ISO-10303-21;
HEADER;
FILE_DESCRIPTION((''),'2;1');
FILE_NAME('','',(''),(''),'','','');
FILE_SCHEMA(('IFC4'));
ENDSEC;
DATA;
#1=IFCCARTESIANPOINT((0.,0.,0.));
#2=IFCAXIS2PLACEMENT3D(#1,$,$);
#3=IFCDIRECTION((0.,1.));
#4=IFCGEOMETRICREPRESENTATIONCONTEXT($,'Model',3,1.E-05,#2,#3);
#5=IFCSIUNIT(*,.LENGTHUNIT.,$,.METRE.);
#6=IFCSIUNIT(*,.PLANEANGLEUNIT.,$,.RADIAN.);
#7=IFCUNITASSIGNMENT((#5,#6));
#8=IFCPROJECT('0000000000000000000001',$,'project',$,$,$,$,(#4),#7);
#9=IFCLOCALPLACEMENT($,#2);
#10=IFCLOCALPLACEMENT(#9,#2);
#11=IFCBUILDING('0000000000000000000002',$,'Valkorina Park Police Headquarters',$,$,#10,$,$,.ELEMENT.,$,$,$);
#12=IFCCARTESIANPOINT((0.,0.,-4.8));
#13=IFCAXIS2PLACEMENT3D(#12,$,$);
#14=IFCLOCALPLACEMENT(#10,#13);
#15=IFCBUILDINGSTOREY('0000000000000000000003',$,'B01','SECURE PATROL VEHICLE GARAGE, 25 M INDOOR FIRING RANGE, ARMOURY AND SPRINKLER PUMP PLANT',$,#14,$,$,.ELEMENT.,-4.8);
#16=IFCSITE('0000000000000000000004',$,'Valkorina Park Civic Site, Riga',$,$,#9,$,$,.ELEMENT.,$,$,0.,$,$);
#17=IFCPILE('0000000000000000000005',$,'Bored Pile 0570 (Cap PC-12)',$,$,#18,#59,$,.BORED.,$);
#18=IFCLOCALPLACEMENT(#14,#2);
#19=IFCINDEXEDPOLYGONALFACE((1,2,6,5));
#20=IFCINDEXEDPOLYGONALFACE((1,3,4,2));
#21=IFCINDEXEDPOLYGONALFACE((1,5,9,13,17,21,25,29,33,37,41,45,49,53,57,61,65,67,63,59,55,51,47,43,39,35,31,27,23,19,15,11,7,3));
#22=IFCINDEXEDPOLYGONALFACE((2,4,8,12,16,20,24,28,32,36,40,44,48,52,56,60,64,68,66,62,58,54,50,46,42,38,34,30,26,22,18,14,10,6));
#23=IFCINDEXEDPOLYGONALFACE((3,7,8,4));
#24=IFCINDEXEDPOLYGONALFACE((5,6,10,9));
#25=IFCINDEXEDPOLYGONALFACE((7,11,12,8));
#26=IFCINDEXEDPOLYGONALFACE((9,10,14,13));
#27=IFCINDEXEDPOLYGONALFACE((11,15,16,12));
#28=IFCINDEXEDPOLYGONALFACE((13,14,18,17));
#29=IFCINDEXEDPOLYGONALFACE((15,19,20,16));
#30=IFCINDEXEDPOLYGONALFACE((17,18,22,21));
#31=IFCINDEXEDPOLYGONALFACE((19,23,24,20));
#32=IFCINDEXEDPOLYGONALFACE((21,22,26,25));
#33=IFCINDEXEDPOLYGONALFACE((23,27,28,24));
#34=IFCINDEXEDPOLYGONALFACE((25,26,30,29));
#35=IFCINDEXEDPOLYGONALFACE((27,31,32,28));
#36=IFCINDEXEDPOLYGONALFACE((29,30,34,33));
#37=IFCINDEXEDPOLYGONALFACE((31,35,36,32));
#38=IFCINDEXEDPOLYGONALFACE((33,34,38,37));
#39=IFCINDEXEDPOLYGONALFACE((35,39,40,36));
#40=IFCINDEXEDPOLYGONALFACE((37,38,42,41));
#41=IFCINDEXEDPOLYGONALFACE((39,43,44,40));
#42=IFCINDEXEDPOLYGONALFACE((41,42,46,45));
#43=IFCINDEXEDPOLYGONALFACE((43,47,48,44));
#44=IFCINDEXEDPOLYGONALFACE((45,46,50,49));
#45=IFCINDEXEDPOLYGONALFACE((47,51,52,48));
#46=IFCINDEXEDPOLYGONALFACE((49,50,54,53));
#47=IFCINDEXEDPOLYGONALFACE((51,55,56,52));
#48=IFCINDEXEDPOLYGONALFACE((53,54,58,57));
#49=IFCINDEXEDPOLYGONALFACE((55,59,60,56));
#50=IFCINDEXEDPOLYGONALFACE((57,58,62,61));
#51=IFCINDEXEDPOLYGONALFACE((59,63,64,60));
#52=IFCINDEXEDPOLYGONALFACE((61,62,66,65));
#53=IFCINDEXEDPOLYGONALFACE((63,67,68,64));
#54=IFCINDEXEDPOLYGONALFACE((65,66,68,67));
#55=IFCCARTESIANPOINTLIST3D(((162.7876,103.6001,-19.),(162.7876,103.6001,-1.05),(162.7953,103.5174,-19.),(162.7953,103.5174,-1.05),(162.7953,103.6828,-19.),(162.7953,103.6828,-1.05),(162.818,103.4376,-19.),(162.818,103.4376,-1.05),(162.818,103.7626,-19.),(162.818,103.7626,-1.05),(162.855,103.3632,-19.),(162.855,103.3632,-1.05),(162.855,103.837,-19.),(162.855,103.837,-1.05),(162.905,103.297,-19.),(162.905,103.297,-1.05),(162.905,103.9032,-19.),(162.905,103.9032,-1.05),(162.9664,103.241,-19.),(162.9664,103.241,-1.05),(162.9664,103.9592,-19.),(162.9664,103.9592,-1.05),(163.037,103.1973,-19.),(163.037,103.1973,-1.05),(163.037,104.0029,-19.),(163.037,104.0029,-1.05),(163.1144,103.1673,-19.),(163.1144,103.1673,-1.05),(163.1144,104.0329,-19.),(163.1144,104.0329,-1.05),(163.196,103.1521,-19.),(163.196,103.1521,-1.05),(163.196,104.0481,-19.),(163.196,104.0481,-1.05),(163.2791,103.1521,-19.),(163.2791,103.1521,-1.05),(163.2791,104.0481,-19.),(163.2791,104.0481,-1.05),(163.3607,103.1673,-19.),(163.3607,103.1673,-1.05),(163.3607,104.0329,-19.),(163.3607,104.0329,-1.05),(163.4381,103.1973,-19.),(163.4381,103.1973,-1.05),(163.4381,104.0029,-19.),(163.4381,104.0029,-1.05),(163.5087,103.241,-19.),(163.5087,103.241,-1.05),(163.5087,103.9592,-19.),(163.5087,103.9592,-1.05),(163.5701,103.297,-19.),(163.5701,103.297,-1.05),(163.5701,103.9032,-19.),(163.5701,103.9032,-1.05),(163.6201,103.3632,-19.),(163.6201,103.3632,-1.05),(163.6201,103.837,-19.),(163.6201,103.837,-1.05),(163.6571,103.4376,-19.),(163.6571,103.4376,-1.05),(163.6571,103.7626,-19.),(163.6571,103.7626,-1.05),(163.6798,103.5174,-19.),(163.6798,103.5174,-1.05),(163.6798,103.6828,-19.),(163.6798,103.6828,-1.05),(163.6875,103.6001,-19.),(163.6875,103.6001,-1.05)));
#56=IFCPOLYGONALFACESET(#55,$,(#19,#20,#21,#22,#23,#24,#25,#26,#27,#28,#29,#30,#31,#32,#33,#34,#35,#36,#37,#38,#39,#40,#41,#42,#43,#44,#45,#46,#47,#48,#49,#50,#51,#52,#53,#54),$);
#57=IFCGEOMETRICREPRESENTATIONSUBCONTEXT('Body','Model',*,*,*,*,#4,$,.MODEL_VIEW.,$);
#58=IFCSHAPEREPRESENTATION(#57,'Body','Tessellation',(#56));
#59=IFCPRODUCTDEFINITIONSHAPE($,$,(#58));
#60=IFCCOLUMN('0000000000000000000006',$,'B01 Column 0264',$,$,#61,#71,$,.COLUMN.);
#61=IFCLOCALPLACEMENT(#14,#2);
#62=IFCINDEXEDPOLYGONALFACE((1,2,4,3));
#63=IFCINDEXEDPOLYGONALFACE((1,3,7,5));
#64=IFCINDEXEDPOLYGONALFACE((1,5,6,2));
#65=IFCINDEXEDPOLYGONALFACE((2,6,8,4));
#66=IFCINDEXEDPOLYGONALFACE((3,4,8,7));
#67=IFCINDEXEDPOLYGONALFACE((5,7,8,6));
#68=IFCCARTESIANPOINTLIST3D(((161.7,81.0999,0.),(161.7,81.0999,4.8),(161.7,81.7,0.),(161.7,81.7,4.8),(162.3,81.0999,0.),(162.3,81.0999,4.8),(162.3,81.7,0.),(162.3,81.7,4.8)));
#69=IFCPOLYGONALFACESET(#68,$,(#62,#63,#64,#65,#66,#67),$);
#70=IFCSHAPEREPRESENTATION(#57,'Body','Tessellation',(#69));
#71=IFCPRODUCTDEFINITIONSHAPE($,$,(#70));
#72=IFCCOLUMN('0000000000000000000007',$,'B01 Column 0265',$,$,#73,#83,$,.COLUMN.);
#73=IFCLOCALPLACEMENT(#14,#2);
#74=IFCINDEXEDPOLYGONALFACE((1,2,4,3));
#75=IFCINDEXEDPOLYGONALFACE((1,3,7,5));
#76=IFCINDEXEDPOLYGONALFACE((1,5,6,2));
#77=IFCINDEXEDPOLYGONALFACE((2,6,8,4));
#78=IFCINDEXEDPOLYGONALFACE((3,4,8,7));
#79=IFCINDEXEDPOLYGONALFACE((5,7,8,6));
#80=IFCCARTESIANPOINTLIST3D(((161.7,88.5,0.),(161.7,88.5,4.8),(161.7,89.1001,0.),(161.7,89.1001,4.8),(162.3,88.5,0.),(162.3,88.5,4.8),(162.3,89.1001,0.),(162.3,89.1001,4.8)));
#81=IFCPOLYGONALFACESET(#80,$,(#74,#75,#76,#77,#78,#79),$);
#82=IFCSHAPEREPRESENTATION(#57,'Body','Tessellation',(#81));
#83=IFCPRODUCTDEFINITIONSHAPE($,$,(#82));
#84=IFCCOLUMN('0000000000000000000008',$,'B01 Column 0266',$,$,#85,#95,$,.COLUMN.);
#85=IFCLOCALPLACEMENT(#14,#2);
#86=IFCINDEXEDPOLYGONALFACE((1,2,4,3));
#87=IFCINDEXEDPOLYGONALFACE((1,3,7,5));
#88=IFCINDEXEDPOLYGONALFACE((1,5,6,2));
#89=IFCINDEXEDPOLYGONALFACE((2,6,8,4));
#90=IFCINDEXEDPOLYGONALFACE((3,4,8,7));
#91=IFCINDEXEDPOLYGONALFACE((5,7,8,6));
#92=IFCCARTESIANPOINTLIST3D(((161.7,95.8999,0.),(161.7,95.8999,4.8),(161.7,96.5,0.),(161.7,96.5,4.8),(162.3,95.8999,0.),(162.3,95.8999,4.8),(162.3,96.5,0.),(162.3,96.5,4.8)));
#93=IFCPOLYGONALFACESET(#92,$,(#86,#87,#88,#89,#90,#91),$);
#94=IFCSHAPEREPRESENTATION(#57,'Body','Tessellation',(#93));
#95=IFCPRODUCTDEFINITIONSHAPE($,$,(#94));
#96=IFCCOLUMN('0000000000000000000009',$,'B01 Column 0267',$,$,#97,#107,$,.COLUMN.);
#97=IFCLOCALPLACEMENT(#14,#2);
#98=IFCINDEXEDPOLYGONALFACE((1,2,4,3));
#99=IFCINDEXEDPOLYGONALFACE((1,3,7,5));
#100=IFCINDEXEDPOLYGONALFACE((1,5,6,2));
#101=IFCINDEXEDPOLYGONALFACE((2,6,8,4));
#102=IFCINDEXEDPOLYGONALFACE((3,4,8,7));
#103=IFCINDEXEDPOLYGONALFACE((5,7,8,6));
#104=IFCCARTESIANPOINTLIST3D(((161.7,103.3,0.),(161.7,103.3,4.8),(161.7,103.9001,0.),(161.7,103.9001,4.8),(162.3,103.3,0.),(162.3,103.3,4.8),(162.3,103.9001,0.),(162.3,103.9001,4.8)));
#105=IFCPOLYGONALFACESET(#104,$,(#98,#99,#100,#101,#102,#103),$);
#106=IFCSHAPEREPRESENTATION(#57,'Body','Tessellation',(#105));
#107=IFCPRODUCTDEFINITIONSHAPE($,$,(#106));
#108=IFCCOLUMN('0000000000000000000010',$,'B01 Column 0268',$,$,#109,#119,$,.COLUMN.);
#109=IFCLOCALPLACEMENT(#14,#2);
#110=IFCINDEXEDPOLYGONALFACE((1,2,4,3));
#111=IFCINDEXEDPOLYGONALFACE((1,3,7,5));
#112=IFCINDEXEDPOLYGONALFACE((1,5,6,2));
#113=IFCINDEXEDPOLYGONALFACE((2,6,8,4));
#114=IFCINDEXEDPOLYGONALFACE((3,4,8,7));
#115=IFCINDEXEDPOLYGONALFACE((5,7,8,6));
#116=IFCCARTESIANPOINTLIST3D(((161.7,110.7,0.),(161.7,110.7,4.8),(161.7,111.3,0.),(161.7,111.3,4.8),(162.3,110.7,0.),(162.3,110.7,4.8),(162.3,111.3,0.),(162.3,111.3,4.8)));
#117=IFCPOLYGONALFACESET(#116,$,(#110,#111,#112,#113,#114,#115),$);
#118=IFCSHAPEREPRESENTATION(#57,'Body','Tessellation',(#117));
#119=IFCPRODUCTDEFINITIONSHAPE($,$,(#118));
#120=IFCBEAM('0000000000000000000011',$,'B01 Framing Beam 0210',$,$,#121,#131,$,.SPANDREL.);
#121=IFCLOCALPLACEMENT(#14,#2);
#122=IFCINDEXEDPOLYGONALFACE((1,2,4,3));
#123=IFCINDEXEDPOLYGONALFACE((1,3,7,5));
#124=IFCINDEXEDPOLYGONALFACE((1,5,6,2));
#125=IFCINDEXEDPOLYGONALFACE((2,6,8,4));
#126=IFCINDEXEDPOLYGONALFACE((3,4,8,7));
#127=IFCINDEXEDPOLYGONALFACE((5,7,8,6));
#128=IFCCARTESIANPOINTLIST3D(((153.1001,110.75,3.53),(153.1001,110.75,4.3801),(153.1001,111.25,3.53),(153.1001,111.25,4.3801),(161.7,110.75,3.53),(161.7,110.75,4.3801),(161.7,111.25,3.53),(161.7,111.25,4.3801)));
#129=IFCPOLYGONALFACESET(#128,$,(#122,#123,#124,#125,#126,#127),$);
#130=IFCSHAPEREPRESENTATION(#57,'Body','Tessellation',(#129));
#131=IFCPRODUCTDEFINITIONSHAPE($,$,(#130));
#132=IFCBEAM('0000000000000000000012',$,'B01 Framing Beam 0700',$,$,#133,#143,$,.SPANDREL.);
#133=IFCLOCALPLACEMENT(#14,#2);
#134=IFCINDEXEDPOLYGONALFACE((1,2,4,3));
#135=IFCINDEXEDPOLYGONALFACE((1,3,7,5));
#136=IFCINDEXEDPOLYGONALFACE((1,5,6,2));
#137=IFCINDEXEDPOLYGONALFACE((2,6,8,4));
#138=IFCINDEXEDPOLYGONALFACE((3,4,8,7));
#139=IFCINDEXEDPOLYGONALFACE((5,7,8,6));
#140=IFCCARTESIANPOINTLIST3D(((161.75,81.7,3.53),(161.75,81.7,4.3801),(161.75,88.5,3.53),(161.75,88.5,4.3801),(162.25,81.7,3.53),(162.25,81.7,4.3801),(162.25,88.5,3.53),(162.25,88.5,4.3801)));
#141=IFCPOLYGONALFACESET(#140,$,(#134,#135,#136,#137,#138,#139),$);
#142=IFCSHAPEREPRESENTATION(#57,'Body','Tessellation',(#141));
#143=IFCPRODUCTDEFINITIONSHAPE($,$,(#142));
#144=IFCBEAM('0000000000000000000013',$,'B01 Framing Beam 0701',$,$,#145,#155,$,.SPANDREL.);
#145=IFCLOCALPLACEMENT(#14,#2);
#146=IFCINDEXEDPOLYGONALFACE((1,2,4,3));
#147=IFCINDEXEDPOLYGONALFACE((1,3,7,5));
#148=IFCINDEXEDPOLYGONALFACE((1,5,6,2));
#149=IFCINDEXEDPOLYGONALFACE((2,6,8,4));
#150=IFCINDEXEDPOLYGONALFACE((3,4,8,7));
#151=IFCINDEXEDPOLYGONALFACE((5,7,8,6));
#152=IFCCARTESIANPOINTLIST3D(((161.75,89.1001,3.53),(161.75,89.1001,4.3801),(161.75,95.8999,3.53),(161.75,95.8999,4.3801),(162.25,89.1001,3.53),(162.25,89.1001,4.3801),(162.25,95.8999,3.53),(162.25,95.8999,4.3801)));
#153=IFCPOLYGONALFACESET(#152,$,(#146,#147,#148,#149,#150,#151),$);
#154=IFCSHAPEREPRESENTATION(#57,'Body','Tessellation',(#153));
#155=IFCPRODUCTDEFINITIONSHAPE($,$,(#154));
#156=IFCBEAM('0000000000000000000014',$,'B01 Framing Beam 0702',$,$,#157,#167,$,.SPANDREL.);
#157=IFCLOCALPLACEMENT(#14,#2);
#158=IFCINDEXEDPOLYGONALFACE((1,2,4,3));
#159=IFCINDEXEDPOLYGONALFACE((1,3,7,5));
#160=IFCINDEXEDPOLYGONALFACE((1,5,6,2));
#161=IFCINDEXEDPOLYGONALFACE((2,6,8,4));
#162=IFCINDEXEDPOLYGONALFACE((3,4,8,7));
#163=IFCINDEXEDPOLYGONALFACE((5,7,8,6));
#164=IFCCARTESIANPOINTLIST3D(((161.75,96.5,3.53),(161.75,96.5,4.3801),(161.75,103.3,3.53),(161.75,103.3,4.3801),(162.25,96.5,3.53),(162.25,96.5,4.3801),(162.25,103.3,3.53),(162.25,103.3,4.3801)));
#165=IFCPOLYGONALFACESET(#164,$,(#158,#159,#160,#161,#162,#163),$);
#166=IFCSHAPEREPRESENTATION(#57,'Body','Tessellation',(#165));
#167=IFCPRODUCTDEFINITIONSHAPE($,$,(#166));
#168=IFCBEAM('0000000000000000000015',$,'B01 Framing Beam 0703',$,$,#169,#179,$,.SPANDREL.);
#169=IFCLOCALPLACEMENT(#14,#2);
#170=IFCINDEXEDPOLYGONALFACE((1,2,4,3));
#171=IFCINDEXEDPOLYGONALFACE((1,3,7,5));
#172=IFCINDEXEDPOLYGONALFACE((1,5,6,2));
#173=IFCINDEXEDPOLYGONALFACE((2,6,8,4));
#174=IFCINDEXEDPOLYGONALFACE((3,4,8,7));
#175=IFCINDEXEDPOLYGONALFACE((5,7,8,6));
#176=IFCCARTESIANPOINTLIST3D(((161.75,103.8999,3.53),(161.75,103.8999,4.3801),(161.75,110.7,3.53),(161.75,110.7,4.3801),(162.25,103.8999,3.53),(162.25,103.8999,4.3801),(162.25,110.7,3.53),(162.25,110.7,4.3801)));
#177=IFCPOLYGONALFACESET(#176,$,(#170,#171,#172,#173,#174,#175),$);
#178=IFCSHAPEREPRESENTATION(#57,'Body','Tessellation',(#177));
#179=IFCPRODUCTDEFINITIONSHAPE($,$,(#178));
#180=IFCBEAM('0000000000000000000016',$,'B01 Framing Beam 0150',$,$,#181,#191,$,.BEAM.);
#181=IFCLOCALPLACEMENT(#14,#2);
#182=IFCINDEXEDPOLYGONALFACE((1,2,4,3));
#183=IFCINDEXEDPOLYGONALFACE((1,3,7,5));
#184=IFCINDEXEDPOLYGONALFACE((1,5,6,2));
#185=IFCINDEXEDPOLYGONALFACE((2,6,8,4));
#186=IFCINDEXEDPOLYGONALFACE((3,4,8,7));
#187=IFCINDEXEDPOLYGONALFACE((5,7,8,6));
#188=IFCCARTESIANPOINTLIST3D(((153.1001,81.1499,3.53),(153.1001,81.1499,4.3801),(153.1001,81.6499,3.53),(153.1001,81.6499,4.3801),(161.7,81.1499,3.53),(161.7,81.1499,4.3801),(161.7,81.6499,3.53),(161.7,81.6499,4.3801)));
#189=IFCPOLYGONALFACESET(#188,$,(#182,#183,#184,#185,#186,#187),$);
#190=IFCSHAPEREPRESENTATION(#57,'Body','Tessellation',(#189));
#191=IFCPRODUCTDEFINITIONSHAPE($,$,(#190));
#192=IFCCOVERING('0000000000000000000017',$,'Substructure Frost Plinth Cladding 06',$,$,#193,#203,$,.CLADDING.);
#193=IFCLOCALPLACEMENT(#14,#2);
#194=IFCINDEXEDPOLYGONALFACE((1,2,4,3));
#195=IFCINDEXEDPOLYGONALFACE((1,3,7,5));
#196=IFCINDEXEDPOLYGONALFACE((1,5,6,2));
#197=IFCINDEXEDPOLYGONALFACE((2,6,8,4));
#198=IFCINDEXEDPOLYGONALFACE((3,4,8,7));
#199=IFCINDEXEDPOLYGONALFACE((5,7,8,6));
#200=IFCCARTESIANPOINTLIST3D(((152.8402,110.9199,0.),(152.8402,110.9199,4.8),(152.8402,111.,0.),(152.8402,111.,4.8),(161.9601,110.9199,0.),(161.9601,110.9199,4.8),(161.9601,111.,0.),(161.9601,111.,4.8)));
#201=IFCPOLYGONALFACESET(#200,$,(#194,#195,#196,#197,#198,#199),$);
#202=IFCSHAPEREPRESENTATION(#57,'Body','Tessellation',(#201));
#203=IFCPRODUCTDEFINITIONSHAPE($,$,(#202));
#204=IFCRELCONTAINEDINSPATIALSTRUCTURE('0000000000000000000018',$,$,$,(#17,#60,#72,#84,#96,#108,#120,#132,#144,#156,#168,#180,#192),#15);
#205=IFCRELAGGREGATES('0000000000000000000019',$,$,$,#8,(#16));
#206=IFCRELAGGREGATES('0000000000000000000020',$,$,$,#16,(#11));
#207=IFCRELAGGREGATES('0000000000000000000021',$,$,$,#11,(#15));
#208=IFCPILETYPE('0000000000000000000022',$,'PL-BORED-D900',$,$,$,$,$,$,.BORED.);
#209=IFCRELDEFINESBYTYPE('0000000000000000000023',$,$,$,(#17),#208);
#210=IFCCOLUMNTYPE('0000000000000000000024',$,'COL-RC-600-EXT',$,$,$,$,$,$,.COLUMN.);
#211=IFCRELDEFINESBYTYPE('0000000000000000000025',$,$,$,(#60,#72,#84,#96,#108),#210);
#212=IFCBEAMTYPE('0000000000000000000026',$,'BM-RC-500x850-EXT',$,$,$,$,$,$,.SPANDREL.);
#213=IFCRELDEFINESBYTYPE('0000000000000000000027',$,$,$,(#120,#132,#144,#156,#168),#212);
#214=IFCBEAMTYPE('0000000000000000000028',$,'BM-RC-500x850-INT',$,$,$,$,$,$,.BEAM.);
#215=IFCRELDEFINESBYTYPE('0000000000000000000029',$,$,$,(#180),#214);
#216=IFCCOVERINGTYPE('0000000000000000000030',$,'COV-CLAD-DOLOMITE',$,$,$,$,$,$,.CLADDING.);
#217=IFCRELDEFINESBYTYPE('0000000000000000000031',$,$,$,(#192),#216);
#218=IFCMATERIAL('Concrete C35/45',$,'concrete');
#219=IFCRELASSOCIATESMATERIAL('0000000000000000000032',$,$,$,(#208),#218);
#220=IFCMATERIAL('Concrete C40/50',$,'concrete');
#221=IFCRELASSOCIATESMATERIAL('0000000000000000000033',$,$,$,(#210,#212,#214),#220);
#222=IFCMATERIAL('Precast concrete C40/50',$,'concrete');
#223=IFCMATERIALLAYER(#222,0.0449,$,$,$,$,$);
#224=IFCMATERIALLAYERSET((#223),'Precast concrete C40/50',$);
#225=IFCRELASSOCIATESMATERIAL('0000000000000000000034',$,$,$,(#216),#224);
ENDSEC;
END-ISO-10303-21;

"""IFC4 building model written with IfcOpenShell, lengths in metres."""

from ifc_helpers import new_model, si_unit, direction, frame, frame_2d, origin, origin_2d, place, context, subcontext, project, spatial, rectangle, circle, extrude, material, layer, layer_set, material_profile, profile_set, type_object, element, save


model = new_model("IFC4")

# Units and contexts
model_context = context("Model", 3, precision=1e-05, world=origin(), true_north=direction((0.0, 1.0)))
body_context = subcontext(model_context, "Body", "Model", "MODEL_VIEW")
ifc_project = project(units=[si_unit("LENGTHUNIT", "METRE"), si_unit("PLANEANGLEUNIT", "RADIAN")], contexts=[model_context])

# Site, building, storey
site_placement = place(None, origin())
site = spatial("IfcSite", under=ifc_project, at=site_placement, Name="Valkorina Park Civic Site, Riga", CompositionType="ELEMENT", RefElevation=0.0)
building_placement = place(site_placement, origin())
building = spatial("IfcBuilding", under=site, at=building_placement, Name="Valkorina Park Police Headquarters", CompositionType="ELEMENT")
storey_placement = place(building_placement, frame((0.0, 0.0, -4.8)))
storey = spatial("IfcBuildingStorey", under=building, at=storey_placement, Name="B01", Description="SECURE PATROL VEHICLE GARAGE, 25 M INDOOR FIRING RANGE, ARMOURY AND SPRINKLER PUMP PLANT", CompositionType="ELEMENT", Elevation=-4.8)

# Shared definitions
ifc_material_1 = material(Name="Concrete C40/50", Category="concrete")

# Pile
ifc_material_2 = material(Name="Concrete C35/45", Category="concrete")
ifc_material_profile_1 = material_profile(ifc_material_2, circle(Radius=0.45, at=origin_2d()), Name="BORED PILE D900")
ifc_profile_set_1 = profile_set([ifc_material_profile_1], Name="Concrete C35/45")
pile_type_1 = type_object("IfcPileType", Name="PL-BORED-D900", PredefinedType="BORED", material=ifc_profile_set_1)
for number, where, z_axis, x_axis, name in (
    (1, (163.2375, 103.6001, -1.05), (0.0, 0.0, -1.0), (1.0, 0.0, 0.0), "Bored Pile 0570 (Cap PC-12)"),
):
    element("IfcPile", number, at=place(storey_placement, frame(where, z_axis=z_axis, x_axis=x_axis)), inside=storey, type_object=pile_type_1, Name=name, PredefinedType="BORED", context=body_context, shape_type="SweptSolid", body=[
        extrude(circle(Radius=0.45, at=origin_2d()), origin(), (0.0, 0.0, 1.0), 17.95),
    ])

# Columns
ifc_material_profile_2 = material_profile(ifc_material_1, rectangle(XDim=0.6001, YDim=0.6001, at=origin_2d()), Name="RC COL 600x600")
ifc_profile_set_2 = profile_set([ifc_material_profile_2], Name="Concrete C40/50")
column_type = type_object("IfcColumnType", Name="COL-RC-600-EXT", PredefinedType="COLUMN", material=ifc_profile_set_2)
for number, where, z_axis, x_axis, name in (
    (2, (162.0, 81.3999, 0.0), (0.0, 0.0, 1.0), (1.0, 0.0, 0.0), "B01 Column 0264"),
    (3, (162.0, 88.8, 0.0), (0.0, 0.0, 1.0), (1.0, 0.0, 0.0), "B01 Column 0265"),
    (4, (162.0, 96.2, 0.0), (0.0, 0.0, 1.0), (1.0, 0.0, 0.0), "B01 Column 0266"),
    (5, (162.0, 103.6001, 0.0), (0.0, 0.0, 1.0), (1.0, 0.0, 0.0), "B01 Column 0267"),
    (6, (162.0, 111.0, 0.0), (0.0, 0.0, 1.0), (1.0, 0.0, 0.0), "B01 Column 0268"),
):
    element("IfcColumn", number, at=place(storey_placement, frame(where, z_axis=z_axis, x_axis=x_axis)), inside=storey, type_object=column_type, Name=name, PredefinedType="COLUMN", context=body_context, shape_type="SweptSolid", body=[
        extrude(rectangle(XDim=0.6001, YDim=0.6001, at=origin_2d()), origin(), (0.0, 0.0, 1.0), 4.8),
    ])

# Beams
ifc_material_profile_3 = material_profile(ifc_material_1, rectangle(XDim=0.5, YDim=0.8501, at=origin_2d()), Name="RC BEAM 500x850")
ifc_profile_set_3 = profile_set([ifc_material_profile_3], Name="Concrete C40/50")
beam_type_1 = type_object("IfcBeamType", Name="BM-RC-500x850-EXT", PredefinedType="SPANDREL", material=ifc_profile_set_3)
beam_1_placement = place(storey_placement, frame((153.1001, 111.0, 3.9551), z_axis=(1.0, 0.0, 0.0), x_axis=(0.0, 1.0, 0.0)))
element("IfcBeam", 7, at=beam_1_placement, inside=storey, type_object=beam_type_1, Name="B01 Framing Beam 0210", PredefinedType="SPANDREL", context=body_context, shape_type="SweptSolid", body=[
    extrude(rectangle(XDim=0.5, YDim=0.8501, at=origin_2d()), origin(), (0.0, 0.0, 1.0), 8.5999),
])
beam_2_placement = place(storey_placement, frame((162.0, 81.7, 3.9551), z_axis=(0.0, 1.0, 0.0), x_axis=(-1.0, 0.0, 0.0)))
element("IfcBeam", 8, at=beam_2_placement, inside=storey, type_object=beam_type_1, Name="B01 Framing Beam 0700", PredefinedType="SPANDREL", context=body_context, shape_type="SweptSolid", body=[
    extrude(rectangle(XDim=0.5, YDim=0.8501, at=origin_2d()), origin(), (0.0, 0.0, 1.0), 6.8),
])
beam_3_placement = place(storey_placement, frame((162.0, 89.1001, 3.9551), z_axis=(0.0, 1.0, 0.0), x_axis=(-1.0, 0.0, 0.0)))
element("IfcBeam", 9, at=beam_3_placement, inside=storey, type_object=beam_type_1, Name="B01 Framing Beam 0701", PredefinedType="SPANDREL", context=body_context, shape_type="SweptSolid", body=[
    extrude(rectangle(XDim=0.5, YDim=0.8501, at=origin_2d()), origin(), (0.0, 0.0, 1.0), 6.7998),
])
for number, where, z_axis, x_axis, name in (
    (10, (162.0, 96.5, 3.9551), (0.0, 1.0, 0.0), (-1.0, 0.0, 0.0), "B01 Framing Beam 0702"),
    (11, (162.0, 103.8999, 3.9551), (0.0, 1.0, 0.0), (-1.0, 0.0, 0.0), "B01 Framing Beam 0703"),
):
    element("IfcBeam", number, at=place(storey_placement, frame(where, z_axis=z_axis, x_axis=x_axis)), inside=storey, type_object=beam_type_1, Name=name, PredefinedType="SPANDREL", context=body_context, shape_type="SweptSolid", body=[
        extrude(rectangle(XDim=0.5, YDim=0.8501, at=origin_2d()), origin(), (0.0, 0.0, 1.0), 6.8),
    ])
ifc_material_profile_4 = material_profile(ifc_material_1, rectangle(XDim=0.5, YDim=0.8501, at=origin_2d()), Name="RC BEAM 500x850")
ifc_profile_set_4 = profile_set([ifc_material_profile_4], Name="Concrete C40/50")
beam_type_2 = type_object("IfcBeamType", Name="BM-RC-500x850-INT", PredefinedType="BEAM", material=ifc_profile_set_4)
beam_4_placement = place(storey_placement, frame((153.1001, 81.3999, 3.9551), z_axis=(1.0, 0.0, 0.0), x_axis=(0.0, 1.0, 0.0)))
element("IfcBeam", 12, at=beam_4_placement, inside=storey, type_object=beam_type_2, Name="B01 Framing Beam 0150", PredefinedType="BEAM", context=body_context, shape_type="SweptSolid", body=[
    extrude(rectangle(XDim=0.5, YDim=0.8501, at=origin_2d()), origin(), (0.0, 0.0, 1.0), 8.5999),
])

# Covering
ifc_material_3 = material(Name="Precast concrete C40/50", Category="concrete")
ifc_layer = layer(ifc_material_3, 0.0449)
ifc_layer_set = layer_set([ifc_layer], Name="Precast concrete C40/50")
covering_type = type_object("IfcCoveringType", Name="COV-CLAD-DOLOMITE", PredefinedType="CLADDING", material=ifc_layer_set)
covering_1_placement = place(storey_placement, frame((152.8401, 110.96, 0.0), z_axis=(0.0, 0.0, 1.0), x_axis=(1.0, 0.0, 0.0)))
element("IfcCovering", 13, at=covering_1_placement, inside=storey, type_object=covering_type, Name="Substructure Frost Plinth Cladding 06", PredefinedType="CLADDING", context=body_context, shape_type="SweptSolid", body=[
    extrude(rectangle(XDim=9.1199, YDim=0.0801, at=frame_2d((4.5601, 0.0))), origin(), (0.0, 0.0, 1.0), 4.8),
])

save(model, "model.ifc")
